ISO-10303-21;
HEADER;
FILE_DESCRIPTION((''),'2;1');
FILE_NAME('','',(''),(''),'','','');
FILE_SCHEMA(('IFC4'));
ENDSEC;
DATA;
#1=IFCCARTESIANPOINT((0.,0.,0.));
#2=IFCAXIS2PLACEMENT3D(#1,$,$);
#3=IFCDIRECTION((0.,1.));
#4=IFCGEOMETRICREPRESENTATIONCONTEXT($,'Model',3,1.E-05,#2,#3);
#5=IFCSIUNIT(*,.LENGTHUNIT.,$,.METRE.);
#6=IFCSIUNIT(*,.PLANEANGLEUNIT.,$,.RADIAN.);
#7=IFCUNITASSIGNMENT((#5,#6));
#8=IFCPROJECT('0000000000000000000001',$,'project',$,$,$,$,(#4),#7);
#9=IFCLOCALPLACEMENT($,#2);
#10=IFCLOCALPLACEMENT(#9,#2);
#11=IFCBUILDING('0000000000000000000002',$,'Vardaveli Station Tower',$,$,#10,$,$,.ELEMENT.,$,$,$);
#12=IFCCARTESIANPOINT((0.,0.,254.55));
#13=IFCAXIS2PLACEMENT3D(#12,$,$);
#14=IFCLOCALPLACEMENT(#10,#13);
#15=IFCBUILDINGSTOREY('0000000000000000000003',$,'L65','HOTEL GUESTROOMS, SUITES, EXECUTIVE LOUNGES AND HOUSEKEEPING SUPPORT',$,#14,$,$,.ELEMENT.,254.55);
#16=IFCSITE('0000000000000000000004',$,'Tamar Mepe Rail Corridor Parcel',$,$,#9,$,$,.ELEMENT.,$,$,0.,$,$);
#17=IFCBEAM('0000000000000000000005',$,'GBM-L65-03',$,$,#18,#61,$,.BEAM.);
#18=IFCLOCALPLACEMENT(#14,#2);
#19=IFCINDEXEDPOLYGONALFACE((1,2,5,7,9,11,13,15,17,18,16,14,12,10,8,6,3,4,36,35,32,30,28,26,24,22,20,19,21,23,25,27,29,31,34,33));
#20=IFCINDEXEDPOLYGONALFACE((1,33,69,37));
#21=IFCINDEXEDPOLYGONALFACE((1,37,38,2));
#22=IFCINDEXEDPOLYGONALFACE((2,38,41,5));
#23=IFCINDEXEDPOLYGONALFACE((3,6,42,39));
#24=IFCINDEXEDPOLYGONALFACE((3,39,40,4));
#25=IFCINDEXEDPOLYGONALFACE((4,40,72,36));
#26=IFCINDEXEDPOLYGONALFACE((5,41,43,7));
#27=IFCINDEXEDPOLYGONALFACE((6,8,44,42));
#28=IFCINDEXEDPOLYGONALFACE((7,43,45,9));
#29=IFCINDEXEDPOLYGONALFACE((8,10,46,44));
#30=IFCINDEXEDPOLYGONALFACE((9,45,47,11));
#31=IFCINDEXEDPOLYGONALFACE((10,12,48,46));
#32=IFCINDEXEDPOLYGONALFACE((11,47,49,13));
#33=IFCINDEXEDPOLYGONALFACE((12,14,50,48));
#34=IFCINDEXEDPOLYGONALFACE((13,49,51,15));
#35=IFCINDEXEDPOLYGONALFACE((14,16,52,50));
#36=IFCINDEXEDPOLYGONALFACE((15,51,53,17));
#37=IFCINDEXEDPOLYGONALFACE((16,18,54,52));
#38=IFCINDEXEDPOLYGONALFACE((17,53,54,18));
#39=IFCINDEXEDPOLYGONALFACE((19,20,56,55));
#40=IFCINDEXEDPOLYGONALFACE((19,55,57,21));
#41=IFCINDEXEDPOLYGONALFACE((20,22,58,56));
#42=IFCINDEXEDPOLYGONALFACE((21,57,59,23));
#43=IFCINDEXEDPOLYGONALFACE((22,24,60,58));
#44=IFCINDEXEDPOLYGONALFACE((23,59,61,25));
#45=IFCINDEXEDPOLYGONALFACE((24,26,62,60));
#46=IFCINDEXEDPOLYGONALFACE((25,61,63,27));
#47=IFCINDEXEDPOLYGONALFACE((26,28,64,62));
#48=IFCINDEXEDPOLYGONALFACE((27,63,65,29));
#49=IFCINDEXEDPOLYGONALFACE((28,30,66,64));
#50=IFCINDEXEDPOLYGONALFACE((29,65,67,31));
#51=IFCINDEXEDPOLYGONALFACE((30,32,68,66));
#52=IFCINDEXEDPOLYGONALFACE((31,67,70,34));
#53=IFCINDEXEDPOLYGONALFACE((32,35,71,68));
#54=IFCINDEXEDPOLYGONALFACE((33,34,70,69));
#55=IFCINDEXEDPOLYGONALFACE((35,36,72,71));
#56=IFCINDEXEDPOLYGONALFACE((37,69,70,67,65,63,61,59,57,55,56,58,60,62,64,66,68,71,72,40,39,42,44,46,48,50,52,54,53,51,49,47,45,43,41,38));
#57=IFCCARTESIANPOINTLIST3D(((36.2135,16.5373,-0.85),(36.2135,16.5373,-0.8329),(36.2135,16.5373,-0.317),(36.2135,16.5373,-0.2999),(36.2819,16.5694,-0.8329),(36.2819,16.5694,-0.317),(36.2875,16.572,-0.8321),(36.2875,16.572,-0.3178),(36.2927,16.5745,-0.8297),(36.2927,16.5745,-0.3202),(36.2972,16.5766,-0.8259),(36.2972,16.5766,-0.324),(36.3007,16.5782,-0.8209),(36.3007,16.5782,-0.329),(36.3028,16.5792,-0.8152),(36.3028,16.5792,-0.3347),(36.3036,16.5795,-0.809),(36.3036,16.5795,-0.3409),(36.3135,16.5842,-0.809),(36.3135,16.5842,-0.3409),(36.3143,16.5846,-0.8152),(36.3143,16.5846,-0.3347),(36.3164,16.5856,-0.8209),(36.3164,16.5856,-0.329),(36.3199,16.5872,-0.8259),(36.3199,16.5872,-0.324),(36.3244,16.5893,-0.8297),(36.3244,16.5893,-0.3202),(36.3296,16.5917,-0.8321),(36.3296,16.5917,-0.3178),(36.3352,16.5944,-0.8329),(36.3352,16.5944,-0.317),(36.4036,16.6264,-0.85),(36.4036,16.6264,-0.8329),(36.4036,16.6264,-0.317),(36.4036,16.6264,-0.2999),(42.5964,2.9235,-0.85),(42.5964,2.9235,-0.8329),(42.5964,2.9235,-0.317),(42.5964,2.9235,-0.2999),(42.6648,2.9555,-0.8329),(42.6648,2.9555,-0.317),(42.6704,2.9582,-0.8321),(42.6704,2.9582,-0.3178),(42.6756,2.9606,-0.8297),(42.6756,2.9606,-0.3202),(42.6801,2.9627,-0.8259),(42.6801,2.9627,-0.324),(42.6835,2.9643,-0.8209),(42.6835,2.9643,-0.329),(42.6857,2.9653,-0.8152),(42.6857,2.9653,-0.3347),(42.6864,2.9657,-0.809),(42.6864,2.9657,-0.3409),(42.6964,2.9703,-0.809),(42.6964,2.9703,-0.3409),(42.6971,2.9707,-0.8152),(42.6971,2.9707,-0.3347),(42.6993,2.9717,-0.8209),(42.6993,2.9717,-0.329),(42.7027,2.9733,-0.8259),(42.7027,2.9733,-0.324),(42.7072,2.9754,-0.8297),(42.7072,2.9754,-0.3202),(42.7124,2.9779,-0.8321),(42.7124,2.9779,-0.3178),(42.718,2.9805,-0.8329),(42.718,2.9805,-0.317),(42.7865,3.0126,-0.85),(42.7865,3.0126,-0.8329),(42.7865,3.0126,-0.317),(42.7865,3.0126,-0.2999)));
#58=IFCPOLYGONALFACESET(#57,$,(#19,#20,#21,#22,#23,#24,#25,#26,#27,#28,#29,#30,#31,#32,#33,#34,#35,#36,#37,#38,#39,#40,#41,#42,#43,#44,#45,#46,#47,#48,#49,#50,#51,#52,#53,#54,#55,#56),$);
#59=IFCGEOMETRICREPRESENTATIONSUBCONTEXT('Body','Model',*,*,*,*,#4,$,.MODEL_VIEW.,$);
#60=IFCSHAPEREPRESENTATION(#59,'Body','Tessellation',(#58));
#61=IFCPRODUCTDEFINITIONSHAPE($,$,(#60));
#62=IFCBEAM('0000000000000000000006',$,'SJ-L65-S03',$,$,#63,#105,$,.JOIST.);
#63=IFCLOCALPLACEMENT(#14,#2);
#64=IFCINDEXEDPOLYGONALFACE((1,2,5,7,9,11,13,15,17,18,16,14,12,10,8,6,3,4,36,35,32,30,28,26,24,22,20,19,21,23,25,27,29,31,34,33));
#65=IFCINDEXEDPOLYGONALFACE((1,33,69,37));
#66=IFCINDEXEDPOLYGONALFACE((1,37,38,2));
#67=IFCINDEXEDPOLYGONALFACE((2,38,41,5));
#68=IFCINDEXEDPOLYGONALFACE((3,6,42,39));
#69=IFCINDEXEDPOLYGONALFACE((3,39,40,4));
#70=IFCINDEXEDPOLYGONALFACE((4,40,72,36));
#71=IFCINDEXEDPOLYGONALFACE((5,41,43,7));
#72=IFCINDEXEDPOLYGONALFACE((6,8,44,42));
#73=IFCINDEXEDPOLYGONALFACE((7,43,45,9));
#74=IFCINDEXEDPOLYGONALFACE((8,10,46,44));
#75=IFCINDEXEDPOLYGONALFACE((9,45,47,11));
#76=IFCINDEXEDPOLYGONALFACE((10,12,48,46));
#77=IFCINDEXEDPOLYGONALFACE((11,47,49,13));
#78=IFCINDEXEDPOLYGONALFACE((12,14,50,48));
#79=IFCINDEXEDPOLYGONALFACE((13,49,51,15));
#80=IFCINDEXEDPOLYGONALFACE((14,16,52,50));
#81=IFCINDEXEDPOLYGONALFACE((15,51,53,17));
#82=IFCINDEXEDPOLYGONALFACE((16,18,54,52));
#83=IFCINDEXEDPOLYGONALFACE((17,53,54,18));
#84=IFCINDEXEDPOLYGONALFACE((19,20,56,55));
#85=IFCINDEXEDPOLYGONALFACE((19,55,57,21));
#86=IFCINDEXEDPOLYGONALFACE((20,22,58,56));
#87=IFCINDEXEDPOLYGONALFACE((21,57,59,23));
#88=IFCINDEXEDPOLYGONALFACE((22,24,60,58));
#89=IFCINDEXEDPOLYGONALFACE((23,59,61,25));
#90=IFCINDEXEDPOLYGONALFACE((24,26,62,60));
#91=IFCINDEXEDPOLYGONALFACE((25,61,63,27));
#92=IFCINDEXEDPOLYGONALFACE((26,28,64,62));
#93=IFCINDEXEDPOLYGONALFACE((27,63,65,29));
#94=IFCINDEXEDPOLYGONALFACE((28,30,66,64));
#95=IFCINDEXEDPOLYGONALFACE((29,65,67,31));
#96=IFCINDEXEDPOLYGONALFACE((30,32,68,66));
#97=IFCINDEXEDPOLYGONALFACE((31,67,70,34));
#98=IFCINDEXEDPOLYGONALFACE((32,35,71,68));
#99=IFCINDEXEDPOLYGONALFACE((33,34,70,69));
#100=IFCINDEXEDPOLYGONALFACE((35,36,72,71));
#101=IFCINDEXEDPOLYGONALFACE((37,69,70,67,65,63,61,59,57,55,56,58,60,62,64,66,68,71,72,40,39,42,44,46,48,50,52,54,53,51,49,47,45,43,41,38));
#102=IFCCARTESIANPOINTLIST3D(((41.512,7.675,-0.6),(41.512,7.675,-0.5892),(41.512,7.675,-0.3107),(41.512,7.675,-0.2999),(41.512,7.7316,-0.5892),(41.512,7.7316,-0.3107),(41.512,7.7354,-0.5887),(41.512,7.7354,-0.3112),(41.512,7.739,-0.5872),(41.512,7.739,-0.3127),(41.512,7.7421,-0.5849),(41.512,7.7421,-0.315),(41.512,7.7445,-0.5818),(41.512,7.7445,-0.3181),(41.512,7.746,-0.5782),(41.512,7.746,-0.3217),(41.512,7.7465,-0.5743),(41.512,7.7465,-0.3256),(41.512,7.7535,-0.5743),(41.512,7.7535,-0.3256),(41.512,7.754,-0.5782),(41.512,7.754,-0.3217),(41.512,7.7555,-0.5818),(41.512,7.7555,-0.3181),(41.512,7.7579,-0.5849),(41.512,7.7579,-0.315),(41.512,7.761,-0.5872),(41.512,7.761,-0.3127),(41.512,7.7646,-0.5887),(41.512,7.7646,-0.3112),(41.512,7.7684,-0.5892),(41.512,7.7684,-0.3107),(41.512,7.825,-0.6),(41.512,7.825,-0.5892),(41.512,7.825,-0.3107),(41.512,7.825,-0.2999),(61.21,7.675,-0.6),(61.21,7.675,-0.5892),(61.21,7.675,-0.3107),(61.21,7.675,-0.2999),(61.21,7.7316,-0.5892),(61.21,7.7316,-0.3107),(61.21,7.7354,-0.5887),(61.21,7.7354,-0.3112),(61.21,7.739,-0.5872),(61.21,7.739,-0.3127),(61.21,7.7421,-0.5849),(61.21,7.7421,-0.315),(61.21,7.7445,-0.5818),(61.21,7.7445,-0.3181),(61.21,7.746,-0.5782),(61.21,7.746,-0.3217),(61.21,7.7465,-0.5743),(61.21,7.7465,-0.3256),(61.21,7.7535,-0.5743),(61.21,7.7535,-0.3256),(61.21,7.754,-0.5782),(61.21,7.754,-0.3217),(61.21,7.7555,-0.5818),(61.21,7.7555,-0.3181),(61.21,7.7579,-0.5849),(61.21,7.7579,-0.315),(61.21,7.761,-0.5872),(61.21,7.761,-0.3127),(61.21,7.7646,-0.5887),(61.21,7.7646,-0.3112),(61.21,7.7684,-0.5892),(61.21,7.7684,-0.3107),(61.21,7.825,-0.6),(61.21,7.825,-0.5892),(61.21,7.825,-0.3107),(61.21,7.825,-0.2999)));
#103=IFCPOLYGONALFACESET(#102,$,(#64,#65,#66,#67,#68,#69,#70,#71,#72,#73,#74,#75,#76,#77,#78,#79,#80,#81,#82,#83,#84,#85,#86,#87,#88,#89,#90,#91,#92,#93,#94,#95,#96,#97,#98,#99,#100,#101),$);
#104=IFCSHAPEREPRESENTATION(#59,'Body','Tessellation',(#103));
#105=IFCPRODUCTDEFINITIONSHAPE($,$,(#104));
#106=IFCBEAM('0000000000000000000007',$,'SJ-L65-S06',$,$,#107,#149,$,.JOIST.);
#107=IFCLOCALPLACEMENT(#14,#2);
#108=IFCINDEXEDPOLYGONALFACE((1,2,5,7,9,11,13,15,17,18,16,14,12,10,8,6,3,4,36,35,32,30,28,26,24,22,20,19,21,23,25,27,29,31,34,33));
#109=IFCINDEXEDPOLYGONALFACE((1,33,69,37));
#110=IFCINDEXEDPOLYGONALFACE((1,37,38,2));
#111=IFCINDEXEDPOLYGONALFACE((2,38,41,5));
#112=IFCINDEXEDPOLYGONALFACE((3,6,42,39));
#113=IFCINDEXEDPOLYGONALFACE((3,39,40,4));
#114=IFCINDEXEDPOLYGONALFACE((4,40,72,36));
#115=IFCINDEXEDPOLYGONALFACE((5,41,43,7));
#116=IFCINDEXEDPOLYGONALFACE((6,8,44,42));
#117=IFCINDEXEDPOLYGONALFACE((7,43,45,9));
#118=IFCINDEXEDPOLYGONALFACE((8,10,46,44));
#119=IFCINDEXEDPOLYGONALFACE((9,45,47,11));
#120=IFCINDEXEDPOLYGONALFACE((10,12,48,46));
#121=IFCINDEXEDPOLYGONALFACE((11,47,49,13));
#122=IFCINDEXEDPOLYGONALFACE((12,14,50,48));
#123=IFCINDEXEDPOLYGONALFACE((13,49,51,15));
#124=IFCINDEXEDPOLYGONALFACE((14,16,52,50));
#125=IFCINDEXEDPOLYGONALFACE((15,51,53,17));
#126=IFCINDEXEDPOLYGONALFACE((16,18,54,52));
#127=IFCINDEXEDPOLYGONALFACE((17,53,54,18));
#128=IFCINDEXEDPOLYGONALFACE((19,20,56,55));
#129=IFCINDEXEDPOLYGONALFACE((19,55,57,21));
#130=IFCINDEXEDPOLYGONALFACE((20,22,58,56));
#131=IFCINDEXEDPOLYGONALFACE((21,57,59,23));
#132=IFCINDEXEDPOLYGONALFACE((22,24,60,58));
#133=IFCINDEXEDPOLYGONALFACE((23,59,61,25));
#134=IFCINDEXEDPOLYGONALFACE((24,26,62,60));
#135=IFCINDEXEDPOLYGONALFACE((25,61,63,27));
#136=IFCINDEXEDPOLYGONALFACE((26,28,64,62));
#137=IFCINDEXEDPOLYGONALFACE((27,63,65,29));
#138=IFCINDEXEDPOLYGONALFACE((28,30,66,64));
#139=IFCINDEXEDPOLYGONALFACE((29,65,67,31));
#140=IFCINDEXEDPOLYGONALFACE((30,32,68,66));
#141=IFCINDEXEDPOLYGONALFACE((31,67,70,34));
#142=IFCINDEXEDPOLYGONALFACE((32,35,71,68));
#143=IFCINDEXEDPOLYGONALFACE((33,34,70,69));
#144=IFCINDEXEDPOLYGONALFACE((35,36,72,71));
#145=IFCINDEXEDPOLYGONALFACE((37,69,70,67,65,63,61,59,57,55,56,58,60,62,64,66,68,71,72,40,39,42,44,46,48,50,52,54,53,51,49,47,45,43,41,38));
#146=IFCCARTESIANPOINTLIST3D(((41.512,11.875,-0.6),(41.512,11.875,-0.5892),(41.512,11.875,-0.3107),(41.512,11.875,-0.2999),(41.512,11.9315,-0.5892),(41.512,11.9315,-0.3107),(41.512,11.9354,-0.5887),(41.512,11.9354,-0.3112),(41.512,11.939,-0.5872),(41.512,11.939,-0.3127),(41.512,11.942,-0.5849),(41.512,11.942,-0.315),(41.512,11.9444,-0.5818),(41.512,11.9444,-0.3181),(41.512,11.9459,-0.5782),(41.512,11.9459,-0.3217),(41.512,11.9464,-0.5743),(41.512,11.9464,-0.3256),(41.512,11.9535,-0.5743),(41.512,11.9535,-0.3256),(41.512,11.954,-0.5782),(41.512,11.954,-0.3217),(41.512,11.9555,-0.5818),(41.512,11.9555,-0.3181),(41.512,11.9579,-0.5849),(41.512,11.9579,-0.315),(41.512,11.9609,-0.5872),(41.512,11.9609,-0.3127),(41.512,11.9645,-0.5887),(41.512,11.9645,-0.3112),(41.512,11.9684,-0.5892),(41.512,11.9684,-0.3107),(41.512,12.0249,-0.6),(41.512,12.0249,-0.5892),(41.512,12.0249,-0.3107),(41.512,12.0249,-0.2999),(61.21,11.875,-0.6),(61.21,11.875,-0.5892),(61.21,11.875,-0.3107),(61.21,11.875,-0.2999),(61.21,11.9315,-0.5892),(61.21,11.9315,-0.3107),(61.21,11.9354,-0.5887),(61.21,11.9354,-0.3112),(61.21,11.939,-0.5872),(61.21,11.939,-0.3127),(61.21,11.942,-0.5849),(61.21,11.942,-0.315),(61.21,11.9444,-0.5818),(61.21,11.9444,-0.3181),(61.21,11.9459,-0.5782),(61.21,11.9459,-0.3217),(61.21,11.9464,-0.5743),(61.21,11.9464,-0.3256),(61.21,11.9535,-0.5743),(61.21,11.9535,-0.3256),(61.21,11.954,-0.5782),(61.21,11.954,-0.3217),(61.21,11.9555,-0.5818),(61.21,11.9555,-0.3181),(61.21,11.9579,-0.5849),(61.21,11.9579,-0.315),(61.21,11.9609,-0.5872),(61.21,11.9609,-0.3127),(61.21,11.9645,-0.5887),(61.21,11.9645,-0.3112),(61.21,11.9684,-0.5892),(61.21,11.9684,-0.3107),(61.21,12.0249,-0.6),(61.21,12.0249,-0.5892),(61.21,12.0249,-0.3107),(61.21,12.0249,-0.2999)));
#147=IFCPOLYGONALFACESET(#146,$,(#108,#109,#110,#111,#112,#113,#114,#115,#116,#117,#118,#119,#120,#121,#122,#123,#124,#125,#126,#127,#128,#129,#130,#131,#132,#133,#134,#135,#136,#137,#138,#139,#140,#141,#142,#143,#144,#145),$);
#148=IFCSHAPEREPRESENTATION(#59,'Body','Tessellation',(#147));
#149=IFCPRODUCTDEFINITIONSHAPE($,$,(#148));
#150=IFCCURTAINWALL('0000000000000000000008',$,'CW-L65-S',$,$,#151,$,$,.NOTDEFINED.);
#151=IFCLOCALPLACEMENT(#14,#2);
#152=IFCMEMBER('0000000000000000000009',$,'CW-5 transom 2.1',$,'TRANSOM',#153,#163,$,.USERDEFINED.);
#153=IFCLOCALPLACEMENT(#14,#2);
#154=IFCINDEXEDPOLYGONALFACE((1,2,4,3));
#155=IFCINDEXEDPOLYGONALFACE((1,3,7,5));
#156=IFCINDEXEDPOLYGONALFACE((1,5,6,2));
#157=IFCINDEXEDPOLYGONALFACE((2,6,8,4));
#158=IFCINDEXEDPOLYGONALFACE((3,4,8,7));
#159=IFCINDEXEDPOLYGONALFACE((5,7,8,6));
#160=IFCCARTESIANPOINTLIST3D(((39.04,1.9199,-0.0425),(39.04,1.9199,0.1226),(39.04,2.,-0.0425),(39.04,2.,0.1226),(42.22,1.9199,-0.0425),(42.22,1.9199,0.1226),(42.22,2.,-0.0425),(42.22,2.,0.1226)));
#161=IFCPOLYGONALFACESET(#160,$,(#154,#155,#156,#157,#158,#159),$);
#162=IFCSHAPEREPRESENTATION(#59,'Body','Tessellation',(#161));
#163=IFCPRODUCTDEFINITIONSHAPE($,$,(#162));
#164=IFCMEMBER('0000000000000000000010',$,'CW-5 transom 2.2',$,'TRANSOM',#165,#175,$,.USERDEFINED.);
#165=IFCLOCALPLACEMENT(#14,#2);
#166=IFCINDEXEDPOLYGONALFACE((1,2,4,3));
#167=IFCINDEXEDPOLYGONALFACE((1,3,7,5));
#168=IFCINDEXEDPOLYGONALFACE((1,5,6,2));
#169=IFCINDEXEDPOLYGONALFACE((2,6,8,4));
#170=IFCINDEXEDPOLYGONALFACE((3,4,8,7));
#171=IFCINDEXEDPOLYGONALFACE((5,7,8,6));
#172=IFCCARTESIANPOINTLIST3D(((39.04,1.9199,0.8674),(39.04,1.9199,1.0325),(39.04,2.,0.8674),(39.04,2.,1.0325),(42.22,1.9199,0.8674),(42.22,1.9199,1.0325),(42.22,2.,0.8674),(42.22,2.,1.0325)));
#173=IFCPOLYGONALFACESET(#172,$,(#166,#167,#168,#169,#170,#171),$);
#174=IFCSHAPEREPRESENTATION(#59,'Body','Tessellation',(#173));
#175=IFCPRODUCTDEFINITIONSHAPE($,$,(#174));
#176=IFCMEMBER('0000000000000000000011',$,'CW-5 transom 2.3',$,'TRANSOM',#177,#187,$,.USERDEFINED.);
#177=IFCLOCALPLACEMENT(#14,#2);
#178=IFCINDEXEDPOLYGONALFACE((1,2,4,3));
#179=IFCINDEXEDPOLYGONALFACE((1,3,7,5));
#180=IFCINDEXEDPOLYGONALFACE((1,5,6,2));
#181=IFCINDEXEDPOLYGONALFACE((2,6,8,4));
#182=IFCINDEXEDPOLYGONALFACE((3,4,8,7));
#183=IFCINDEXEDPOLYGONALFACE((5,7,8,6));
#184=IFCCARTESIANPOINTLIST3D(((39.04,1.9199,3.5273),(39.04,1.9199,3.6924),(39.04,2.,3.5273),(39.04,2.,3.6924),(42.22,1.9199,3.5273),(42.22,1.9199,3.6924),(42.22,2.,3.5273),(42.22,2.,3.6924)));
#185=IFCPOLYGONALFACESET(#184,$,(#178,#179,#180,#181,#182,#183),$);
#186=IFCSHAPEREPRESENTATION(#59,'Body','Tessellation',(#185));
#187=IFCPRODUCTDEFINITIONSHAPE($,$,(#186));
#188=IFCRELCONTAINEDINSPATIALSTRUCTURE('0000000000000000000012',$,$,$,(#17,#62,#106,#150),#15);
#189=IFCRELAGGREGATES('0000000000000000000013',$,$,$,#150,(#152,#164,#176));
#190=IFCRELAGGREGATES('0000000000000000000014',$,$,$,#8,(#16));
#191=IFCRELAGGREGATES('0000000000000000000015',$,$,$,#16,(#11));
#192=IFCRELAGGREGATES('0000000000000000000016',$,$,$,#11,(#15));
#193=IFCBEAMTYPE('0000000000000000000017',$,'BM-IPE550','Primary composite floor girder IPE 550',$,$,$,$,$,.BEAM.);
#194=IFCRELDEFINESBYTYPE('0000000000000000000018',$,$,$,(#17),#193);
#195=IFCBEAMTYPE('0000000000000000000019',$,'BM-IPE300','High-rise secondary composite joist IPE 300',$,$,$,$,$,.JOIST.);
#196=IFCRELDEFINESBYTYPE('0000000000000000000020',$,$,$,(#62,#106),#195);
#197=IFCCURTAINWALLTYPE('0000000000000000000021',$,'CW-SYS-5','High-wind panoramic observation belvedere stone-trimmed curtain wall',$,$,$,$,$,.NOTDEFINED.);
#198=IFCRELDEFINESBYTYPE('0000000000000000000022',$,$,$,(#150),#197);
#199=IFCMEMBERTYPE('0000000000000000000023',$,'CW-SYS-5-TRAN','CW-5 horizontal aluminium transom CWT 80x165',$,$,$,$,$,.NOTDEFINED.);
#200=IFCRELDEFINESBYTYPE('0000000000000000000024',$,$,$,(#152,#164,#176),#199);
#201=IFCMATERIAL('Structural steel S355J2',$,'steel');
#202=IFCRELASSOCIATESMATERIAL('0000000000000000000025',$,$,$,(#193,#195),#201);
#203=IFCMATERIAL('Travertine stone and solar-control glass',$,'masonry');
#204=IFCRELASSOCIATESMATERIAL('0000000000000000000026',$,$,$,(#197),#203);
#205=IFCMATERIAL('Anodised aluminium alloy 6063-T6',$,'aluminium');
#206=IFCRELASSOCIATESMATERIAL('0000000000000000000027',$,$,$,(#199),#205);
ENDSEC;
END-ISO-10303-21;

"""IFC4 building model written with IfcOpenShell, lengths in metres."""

from ifc_helpers import new_model, si_unit, direction, frame, origin, origin_2d, place, context, subcontext, project, spatial, rectangle, i_section, extrude, source, transform, mapped, material, material_profile, profile_set, type_object, element, aggregate, save


model = new_model("IFC4")

# Units and contexts
model_context = context("Model", 3, precision=1e-05, world=origin(), true_north=direction((0.0, 1.0)))
body_context = subcontext(model_context, "Body", "Model", "MODEL_VIEW")
ifc_project = project(units=[si_unit("LENGTHUNIT", "METRE"), si_unit("PLANEANGLEUNIT", "RADIAN")], contexts=[model_context])

# Site, building, storey
site_placement = place(None, origin())
site = spatial("IfcSite", under=ifc_project, at=site_placement, Name="Tamar Mepe Rail Corridor Parcel", CompositionType="ELEMENT", RefElevation=0.0)
building_placement = place(site_placement, origin())
building = spatial("IfcBuilding", under=site, at=building_placement, Name="Vardaveli Station Tower", CompositionType="ELEMENT")
storey_placement = place(building_placement, frame((0.0, 0.0, 254.55)))
storey = spatial("IfcBuildingStorey", under=building, at=storey_placement, Name="L65", Description="HOTEL GUESTROOMS, SUITES, EXECUTIVE LOUNGES AND HOUSEKEEPING SUPPORT", CompositionType="ELEMENT", Elevation=254.55)

# Beams
ifc_material_1 = material(Name="Structural steel S355J2", Category="steel")
ifc_material_profile_1 = material_profile(ifc_material_1, i_section(OverallWidth=0.21, OverallDepth=0.55, WebThickness=0.011, FlangeThickness=0.0171, FilletRadius=0.0239, at=origin_2d()), Name="IPE 550")
ifc_profile_set_1 = profile_set([ifc_material_profile_1], Name="Structural steel S355J2")
beam_type_1 = type_object("IfcBeamType", Name="BM-IPE550", Description="Primary composite floor girder IPE 550", PredefinedType="BEAM", material=ifc_profile_set_1)
shared_shape_1 = source(origin(), body_context, "Body", "SweptSolid", [
    extrude(i_section(OverallWidth=0.21, OverallDepth=0.55, WebThickness=0.011, FlangeThickness=0.0171, FilletRadius=0.0239, at=origin_2d()), origin(), (0.0, 0.0, 1.0), 15.0359),
])
beam_1_placement = place(storey_placement, frame((42.6914, 2.968, -0.575), z_axis=(-0.424508, 0.905424, 0.0), x_axis=(-0.905424, -0.424508, 0.0)))
element("IfcBeam", 1, at=beam_1_placement, inside=storey, type_object=beam_type_1, Name="GBM-L65-03", PredefinedType="BEAM", context=body_context, shape_type="MappedRepresentation", body=[
    mapped(shared_shape_1, transform((0.0, 0.0, 0.0), scale=1.0)),
])
ifc_material_profile_2 = material_profile(ifc_material_1, i_section(OverallWidth=0.1499, OverallDepth=0.3, WebThickness=0.0071, FlangeThickness=0.0107, FilletRadius=0.0149, at=origin_2d()), Name="IPE 300")
ifc_profile_set_2 = profile_set([ifc_material_profile_2], Name="Structural steel S355J2")
beam_type_2 = type_object("IfcBeamType", Name="BM-IPE300", Description="High-rise secondary composite joist IPE 300", PredefinedType="JOIST", material=ifc_profile_set_2)
shared_shape_2 = source(origin(), body_context, "Body", "SweptSolid", [
    extrude(i_section(OverallWidth=0.1499, OverallDepth=0.3, WebThickness=0.0071, FlangeThickness=0.0107, FilletRadius=0.0149, at=origin_2d()), origin(), (0.0, 0.0, 1.0), 19.698),
])
for number, where, z_axis, x_axis, name in (
    (2, (41.512, 7.75, -0.45), (1.0, 0.0, 0.0), (0.0, 1.0, 0.0), "SJ-L65-S03"),
    (3, (41.512, 11.95, -0.45), (1.0, 0.0, 0.0), (0.0, 1.0, 0.0), "SJ-L65-S06"),
):
    element("IfcBeam", number, at=place(storey_placement, frame(where, z_axis=z_axis, x_axis=x_axis)), inside=storey, type_object=beam_type_2, Name=name, PredefinedType="JOIST", context=body_context, shape_type="MappedRepresentation", body=[
        mapped(shared_shape_2, transform((0.0, 0.0, 0.0), scale=1.0)),
    ])

# Curtain wall, members
ifc_material_2 = material(Name="Travertine stone and solar-control glass", Category="masonry")
curtain_wall_type = type_object("IfcCurtainWallType", Name="CW-SYS-5", Description="High-wind panoramic observation belvedere stone-trimmed curtain wall", PredefinedType="NOTDEFINED", material=ifc_material_2)
curtain_wall_placement = place(storey_placement, origin())
curtain_wall = element("IfcCurtainWall", 4, at=curtain_wall_placement, inside=storey, type_object=curtain_wall_type, Name="CW-L65-S", PredefinedType="NOTDEFINED")
ifc_material_3 = material(Name="Anodised aluminium alloy 6063-T6", Category="aluminium")
ifc_material_profile_3 = material_profile(ifc_material_3, rectangle(XDim=0.0801, YDim=0.165, at=origin_2d()), Name="CWT 80x165")
ifc_profile_set_3 = profile_set([ifc_material_profile_3], Name="Anodised aluminium alloy 6063-T6")
member_type_1 = type_object("IfcMemberType", Name="CW-SYS-5-TRAN", Description="CW-5 horizontal aluminium transom CWT 80x165", PredefinedType="NOTDEFINED", material=ifc_profile_set_3)
shared_shape_3 = source(origin(), body_context, "Body", "SweptSolid", [
    extrude(rectangle(XDim=0.0801, YDim=0.165, at=origin_2d()), origin(), (0.0, 0.0, 1.0), 3.1799),
])
member_1_placement = place(storey_placement, frame((39.04, 1.96, 0.04), z_axis=(1.0, 0.0, 0.0), x_axis=(0.0, 1.0, 0.0)))
member_1 = element("IfcMember", 5, at=member_1_placement, type_object=member_type_1, Name="CW-5 transom 2.1", ObjectType="TRANSOM", PredefinedType="USERDEFINED", context=body_context, shape_type="MappedRepresentation", body=[
    mapped(shared_shape_3, transform((0.0, 0.0, 0.0), scale=1.0)),
])
member_2_placement = place(storey_placement, frame((39.04, 1.96, 0.95), z_axis=(1.0, 0.0, 0.0), x_axis=(0.0, 1.0, 0.0)))
member_2 = element("IfcMember", 6, at=member_2_placement, type_object=member_type_1, Name="CW-5 transom 2.2", ObjectType="TRANSOM", PredefinedType="USERDEFINED", context=body_context, shape_type="MappedRepresentation", body=[
    mapped(shared_shape_3, transform((0.0, 0.0, 0.0), scale=1.0)),
])
member_3_placement = place(storey_placement, frame((39.04, 1.96, 3.6099), z_axis=(1.0, 0.0, 0.0), x_axis=(0.0, 1.0, 0.0)))
member_3 = element("IfcMember", 7, at=member_3_placement, type_object=member_type_1, Name="CW-5 transom 2.3", ObjectType="TRANSOM", PredefinedType="USERDEFINED", context=body_context, shape_type="MappedRepresentation", body=[
    mapped(shared_shape_3, transform((0.0, 0.0, 0.0), scale=1.0)),
])
aggregate(curtain_wall, [member_1, member_2, member_3])

save(model, "model.ifc")
